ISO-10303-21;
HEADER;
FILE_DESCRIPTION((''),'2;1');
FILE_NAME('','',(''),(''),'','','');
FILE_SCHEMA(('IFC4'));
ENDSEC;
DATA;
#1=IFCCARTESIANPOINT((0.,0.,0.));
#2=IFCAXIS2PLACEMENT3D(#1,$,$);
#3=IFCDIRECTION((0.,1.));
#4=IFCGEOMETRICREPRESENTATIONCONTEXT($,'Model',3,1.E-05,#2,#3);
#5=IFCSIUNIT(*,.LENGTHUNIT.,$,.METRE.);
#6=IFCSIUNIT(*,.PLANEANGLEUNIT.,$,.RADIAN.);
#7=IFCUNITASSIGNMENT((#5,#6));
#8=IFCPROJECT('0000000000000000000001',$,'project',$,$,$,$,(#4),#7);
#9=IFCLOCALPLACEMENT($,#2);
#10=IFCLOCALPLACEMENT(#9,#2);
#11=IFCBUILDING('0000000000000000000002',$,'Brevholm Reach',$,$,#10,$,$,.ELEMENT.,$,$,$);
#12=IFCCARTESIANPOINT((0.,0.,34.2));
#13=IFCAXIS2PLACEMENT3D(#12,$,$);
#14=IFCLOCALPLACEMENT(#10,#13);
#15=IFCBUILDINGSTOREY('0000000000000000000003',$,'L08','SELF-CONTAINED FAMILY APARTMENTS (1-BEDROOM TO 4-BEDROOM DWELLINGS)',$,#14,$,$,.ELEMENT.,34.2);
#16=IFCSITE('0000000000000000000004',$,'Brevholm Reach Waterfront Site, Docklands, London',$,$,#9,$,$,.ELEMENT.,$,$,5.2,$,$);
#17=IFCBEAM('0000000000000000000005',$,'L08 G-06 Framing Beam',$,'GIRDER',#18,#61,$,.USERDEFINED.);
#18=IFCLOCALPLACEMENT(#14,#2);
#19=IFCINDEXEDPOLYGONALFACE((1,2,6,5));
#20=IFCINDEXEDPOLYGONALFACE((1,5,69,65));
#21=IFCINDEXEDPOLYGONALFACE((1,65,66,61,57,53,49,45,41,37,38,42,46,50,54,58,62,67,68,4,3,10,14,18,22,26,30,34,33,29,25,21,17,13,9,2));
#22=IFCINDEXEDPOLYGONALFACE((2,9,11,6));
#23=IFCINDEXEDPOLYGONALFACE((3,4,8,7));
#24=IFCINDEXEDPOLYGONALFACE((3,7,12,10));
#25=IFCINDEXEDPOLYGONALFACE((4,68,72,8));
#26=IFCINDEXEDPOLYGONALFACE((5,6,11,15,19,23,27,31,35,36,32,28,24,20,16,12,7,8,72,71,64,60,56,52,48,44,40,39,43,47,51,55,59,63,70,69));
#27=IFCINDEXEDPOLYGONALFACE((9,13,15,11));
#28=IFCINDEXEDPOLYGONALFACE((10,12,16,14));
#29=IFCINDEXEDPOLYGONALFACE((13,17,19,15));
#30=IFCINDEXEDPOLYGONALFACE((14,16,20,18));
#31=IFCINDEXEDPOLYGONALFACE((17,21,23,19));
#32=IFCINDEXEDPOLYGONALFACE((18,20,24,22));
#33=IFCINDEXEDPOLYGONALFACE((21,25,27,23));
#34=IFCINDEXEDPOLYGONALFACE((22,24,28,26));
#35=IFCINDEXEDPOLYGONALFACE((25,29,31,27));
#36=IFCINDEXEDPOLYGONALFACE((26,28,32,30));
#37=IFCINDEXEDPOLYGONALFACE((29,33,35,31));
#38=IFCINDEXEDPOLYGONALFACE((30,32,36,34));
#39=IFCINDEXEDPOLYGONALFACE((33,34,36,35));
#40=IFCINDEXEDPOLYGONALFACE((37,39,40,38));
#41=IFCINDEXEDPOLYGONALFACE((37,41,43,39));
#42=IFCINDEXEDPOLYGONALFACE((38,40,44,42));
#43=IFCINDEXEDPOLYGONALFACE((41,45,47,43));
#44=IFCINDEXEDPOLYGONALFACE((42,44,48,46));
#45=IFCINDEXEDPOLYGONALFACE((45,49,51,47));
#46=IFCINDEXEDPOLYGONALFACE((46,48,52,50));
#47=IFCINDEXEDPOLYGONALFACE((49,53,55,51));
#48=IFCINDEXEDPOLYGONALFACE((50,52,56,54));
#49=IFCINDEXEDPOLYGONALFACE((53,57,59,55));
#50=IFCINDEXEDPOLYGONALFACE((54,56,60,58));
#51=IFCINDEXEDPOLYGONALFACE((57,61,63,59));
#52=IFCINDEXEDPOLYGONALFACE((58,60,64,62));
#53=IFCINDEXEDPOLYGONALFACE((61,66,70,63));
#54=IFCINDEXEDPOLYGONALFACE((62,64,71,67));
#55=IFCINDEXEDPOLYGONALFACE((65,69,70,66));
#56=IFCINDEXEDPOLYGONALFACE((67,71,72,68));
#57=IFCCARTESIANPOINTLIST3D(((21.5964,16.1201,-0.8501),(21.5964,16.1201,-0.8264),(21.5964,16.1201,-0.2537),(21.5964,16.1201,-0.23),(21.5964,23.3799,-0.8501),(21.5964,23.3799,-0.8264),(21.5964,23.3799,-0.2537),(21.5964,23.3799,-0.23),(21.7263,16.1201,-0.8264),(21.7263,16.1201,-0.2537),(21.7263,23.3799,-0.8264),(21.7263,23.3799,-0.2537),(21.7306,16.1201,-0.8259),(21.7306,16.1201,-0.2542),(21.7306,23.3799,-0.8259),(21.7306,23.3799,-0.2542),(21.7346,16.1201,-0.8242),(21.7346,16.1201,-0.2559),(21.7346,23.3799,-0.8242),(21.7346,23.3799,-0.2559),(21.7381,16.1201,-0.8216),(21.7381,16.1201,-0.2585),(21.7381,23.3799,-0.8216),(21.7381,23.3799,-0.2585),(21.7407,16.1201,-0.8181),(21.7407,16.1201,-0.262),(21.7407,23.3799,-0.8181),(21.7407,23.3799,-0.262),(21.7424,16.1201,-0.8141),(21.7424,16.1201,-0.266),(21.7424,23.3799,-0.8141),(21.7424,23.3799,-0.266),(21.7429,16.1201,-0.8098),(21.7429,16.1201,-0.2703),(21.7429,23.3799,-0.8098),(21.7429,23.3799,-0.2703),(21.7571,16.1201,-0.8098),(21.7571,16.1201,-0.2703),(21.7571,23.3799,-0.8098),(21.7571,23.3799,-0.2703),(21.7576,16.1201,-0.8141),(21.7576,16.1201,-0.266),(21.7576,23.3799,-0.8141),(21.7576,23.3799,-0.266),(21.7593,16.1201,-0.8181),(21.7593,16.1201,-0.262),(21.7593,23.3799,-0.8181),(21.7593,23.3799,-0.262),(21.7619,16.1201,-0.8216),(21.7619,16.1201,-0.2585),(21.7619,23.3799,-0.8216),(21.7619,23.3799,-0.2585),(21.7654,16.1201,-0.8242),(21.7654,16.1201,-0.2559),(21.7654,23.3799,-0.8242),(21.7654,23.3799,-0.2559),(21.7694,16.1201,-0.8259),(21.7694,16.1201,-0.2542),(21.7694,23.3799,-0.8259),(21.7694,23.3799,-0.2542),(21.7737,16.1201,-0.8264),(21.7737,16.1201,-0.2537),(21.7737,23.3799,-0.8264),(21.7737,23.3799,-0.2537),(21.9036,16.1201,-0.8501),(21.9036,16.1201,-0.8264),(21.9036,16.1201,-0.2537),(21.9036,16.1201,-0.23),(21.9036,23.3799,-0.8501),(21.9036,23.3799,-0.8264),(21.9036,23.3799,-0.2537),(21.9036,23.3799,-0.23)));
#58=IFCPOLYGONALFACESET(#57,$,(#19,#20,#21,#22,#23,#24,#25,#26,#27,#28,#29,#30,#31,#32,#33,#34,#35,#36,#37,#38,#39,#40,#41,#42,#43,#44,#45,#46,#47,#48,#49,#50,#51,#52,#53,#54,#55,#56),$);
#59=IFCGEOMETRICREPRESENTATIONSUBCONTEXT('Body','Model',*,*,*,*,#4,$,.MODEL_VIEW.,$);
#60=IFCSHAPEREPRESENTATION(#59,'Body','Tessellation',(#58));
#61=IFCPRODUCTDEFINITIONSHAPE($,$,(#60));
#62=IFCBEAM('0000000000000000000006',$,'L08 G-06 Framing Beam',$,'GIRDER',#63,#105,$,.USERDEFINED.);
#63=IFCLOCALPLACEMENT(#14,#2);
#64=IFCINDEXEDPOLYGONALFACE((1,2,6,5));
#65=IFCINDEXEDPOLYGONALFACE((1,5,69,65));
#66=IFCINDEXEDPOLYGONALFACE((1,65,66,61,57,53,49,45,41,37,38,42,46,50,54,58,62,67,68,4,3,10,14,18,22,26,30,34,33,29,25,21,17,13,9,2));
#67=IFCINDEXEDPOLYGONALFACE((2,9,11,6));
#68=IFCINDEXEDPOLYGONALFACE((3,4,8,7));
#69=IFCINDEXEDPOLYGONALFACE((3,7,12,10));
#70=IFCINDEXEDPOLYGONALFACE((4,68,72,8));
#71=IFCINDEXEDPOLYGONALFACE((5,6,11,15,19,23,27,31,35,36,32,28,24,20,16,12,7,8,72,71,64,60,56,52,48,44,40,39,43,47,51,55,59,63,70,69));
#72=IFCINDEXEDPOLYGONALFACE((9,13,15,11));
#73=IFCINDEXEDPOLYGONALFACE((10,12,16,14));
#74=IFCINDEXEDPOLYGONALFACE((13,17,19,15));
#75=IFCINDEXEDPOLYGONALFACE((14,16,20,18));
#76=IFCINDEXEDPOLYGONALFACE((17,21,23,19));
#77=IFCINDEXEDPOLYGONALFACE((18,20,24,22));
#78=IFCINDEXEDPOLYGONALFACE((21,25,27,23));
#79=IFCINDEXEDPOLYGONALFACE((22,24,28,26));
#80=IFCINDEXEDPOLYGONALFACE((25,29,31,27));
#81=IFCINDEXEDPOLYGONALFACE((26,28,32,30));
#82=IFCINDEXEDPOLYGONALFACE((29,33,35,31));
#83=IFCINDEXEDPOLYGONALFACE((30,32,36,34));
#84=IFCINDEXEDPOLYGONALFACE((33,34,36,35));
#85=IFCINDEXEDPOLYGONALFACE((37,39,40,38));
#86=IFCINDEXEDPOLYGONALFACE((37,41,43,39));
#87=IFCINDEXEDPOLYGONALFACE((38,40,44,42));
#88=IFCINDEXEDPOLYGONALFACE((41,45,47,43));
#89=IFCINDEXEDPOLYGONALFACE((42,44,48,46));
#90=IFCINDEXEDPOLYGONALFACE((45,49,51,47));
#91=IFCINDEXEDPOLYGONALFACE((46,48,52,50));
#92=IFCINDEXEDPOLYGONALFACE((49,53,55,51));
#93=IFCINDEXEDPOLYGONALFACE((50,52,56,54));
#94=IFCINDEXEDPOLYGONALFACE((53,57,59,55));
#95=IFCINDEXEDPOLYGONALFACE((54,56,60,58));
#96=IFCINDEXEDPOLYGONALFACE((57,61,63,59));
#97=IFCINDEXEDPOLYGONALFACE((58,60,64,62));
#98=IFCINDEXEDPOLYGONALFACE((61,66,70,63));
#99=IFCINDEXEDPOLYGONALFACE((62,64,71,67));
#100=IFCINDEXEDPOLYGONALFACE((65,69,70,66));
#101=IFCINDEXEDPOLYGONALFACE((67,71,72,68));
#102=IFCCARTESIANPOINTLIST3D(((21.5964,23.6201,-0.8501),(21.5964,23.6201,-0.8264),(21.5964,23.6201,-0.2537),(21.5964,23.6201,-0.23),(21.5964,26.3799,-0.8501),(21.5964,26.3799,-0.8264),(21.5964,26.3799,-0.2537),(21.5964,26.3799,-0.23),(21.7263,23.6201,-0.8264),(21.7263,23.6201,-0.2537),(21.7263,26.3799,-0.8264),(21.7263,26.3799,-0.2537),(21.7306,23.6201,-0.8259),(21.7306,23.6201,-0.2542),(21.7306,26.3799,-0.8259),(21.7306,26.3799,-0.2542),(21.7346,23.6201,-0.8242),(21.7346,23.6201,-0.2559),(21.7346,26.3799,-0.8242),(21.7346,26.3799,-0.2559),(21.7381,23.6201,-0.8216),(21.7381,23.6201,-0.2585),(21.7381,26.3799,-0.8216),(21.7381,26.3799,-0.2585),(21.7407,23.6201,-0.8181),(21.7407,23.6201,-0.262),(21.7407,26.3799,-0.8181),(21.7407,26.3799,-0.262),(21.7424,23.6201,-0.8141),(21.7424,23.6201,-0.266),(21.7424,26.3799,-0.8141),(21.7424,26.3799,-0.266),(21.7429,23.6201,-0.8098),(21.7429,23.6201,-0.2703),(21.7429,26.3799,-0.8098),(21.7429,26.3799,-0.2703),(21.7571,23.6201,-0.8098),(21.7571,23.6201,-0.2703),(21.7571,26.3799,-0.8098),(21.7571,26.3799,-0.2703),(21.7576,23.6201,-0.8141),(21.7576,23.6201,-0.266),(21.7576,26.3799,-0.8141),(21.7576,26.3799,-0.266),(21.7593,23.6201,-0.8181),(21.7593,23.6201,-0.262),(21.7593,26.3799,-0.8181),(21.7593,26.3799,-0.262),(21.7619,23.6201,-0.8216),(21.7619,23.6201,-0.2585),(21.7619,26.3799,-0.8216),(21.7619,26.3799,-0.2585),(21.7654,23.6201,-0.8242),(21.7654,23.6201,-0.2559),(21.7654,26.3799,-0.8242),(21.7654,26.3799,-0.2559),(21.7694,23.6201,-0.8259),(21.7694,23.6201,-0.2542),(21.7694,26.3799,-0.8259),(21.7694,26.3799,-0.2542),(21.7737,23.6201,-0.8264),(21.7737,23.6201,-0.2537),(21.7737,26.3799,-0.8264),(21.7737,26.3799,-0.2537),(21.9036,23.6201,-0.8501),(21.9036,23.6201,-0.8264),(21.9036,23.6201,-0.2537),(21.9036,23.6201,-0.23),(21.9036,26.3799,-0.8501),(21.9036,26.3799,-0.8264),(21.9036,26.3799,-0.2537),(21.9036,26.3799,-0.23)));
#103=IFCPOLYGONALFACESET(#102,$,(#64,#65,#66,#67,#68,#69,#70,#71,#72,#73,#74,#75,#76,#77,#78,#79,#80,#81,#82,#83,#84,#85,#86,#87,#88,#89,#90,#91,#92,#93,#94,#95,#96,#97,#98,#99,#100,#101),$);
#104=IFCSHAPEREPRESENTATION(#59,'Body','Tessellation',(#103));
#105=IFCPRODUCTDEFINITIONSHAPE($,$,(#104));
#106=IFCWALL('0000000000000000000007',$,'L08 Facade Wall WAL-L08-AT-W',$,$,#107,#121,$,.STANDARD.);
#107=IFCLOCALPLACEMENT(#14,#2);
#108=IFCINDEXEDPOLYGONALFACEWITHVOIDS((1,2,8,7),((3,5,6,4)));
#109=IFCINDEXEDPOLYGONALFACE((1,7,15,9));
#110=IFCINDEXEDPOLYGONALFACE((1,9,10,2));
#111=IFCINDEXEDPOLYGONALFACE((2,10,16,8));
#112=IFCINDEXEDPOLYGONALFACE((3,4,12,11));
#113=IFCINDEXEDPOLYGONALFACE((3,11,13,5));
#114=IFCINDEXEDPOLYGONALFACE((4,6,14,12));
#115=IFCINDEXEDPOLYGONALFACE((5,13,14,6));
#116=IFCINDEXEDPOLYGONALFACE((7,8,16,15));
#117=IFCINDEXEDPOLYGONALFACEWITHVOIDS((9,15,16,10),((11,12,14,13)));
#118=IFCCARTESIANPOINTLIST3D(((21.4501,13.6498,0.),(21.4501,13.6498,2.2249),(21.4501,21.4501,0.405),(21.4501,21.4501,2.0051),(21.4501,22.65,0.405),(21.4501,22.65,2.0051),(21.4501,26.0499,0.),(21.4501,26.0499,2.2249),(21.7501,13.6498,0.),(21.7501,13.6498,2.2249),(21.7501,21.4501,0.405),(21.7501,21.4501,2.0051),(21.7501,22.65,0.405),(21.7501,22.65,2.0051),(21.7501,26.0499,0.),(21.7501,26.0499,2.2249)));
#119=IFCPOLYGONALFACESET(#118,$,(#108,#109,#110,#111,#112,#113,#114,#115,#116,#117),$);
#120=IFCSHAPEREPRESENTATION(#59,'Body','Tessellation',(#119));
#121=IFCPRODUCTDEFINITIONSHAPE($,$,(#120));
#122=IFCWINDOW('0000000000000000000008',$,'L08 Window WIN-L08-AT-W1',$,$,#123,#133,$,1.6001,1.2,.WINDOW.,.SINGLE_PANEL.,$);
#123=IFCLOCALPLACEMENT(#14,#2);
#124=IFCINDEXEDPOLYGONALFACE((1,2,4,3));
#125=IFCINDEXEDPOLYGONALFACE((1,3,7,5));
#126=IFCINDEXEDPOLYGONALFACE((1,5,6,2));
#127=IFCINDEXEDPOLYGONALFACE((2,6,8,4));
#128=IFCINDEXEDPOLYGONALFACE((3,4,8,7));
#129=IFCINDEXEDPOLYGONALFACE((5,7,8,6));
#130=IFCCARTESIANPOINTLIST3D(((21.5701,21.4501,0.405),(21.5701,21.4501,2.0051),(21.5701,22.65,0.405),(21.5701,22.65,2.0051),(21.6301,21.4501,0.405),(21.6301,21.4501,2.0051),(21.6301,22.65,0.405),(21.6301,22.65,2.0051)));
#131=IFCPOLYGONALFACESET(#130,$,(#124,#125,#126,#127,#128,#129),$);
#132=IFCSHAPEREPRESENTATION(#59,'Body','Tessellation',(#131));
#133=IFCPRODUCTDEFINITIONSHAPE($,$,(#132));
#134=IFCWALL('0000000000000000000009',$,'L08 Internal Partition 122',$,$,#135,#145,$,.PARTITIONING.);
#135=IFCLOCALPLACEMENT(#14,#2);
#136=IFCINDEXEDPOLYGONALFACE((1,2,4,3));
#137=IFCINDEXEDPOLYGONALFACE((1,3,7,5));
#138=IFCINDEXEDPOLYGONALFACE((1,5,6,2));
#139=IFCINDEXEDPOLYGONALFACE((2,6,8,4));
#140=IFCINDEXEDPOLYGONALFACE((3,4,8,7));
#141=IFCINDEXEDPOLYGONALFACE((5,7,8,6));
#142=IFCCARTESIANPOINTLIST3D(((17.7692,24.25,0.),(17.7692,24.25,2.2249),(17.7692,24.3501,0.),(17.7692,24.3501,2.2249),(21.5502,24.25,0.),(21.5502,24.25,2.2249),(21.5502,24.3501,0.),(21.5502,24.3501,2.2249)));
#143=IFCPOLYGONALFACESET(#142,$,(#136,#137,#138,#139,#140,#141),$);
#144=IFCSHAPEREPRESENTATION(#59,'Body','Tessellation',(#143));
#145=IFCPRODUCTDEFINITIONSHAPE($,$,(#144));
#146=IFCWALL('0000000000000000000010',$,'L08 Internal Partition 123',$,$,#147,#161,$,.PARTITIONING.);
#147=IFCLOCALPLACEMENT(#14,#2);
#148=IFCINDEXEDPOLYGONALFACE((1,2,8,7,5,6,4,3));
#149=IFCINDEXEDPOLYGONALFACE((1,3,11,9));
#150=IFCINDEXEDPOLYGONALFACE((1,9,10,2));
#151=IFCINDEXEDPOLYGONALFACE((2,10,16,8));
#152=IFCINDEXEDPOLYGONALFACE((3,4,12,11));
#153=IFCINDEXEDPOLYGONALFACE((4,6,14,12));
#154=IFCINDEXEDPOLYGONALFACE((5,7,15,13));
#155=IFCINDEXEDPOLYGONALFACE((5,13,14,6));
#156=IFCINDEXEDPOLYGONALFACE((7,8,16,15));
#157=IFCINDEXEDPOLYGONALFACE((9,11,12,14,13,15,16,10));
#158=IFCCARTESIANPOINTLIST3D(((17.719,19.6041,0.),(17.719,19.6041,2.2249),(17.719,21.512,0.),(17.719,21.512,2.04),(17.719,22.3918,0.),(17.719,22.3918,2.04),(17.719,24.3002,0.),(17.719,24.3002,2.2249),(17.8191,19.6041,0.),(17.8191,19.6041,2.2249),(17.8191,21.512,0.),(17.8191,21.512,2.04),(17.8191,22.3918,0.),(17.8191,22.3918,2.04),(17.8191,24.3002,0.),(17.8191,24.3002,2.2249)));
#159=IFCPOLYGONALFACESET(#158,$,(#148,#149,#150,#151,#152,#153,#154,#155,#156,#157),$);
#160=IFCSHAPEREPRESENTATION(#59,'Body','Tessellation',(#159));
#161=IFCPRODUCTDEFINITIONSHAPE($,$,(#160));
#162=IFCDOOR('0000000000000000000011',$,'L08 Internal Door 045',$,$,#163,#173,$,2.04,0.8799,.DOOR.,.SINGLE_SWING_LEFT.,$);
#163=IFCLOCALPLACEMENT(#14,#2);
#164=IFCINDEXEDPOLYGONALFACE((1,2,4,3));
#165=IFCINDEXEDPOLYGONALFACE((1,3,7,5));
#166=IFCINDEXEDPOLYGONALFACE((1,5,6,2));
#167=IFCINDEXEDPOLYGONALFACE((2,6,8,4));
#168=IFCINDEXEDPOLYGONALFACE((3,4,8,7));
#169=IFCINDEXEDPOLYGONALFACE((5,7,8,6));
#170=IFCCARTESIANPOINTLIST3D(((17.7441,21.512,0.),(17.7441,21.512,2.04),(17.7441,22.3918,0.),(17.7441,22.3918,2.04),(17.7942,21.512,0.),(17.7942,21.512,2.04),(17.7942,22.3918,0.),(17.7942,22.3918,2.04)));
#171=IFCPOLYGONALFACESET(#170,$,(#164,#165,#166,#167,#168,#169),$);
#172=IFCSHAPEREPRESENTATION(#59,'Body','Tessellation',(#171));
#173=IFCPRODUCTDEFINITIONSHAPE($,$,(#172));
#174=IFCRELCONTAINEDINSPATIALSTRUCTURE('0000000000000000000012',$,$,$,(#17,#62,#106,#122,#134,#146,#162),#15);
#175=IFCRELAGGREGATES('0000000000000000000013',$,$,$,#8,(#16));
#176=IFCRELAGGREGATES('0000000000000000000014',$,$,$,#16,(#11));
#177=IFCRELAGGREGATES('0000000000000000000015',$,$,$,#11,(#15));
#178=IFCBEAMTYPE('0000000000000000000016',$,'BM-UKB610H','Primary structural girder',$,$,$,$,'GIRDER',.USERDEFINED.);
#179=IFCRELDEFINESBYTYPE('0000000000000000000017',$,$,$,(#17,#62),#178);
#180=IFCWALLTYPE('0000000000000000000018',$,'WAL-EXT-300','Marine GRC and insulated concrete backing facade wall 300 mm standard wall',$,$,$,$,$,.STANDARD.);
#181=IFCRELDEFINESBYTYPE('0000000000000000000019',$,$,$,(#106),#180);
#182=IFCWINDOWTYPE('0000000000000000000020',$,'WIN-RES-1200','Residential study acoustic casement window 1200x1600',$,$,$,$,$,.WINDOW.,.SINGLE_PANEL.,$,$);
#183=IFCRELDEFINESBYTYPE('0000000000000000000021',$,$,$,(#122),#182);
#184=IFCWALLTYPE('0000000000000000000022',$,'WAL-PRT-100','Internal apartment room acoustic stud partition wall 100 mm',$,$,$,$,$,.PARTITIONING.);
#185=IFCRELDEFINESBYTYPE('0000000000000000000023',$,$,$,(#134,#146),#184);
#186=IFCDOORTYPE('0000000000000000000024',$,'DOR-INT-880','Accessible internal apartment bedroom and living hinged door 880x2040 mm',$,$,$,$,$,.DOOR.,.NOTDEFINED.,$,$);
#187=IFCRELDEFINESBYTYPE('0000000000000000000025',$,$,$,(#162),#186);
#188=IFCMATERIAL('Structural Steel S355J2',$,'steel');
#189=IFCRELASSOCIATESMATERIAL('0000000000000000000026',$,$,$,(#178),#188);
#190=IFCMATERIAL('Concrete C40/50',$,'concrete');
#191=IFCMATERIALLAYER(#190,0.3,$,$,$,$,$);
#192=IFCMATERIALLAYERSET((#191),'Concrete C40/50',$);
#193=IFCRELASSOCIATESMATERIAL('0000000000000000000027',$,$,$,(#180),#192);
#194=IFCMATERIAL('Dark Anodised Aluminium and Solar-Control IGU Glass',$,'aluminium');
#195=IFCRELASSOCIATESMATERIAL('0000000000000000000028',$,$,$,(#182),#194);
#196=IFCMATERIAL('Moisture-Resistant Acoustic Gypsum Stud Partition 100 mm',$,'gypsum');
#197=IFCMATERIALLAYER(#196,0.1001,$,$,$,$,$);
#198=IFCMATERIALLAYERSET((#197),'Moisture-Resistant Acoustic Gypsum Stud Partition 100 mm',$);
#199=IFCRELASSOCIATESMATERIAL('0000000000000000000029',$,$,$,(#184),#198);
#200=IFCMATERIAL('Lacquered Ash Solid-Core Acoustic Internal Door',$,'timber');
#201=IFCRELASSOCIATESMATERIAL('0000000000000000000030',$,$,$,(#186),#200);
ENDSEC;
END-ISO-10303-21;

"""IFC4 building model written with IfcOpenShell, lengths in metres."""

from ifc_helpers import new_model, si_unit, direction, frame, frame_2d, origin, origin_2d, place, context, subcontext, project, spatial, rectangle, i_section, extrude, material, layer, layer_set, material_profile, profile_set, type_object, element, fill, save


model = new_model("IFC4")

# Units and contexts
model_context = context("Model", 3, precision=1e-05, world=origin(), true_north=direction((0.0, 1.0)))
body_context = subcontext(model_context, "Body", "Model", "MODEL_VIEW")
ifc_project = project(units=[si_unit("LENGTHUNIT", "METRE"), si_unit("PLANEANGLEUNIT", "RADIAN")], contexts=[model_context])

# Site, building, storey
site_placement = place(None, origin())
site = spatial("IfcSite", under=ifc_project, at=site_placement, Name="Brevholm Reach Waterfront Site, Docklands, London", CompositionType="ELEMENT", RefElevation=5.2)
building_placement = place(site_placement, origin())
building = spatial("IfcBuilding", under=site, at=building_placement, Name="Brevholm Reach", CompositionType="ELEMENT")
storey_placement = place(building_placement, frame((0.0, 0.0, 34.2)))
storey = spatial("IfcBuildingStorey", under=building, at=storey_placement, Name="L08", Description="SELF-CONTAINED FAMILY APARTMENTS (1-BEDROOM TO 4-BEDROOM DWELLINGS)", CompositionType="ELEMENT", Elevation=34.2)

# Beams
ifc_material_1 = material(Name="Structural Steel S355J2", Category="steel")
ifc_material_profile_1 = material_profile(ifc_material_1, i_section(OverallWidth=0.3071, OverallDepth=0.6201, WebThickness=0.0142, FlangeThickness=0.0237, FilletRadius=0.0166, at=origin_2d()), Name="UKB 610x305x179")
ifc_profile_set_1 = profile_set([ifc_material_profile_1], Name="Structural Steel S355J2")
beam_type_1 = type_object("IfcBeamType", Name="BM-UKB610H", Description="Primary structural girder", ElementType="GIRDER", PredefinedType="USERDEFINED", material=ifc_profile_set_1)
beam_1_placement = place(storey_placement, frame((21.75, 16.1201, -0.54), z_axis=(0.0, 1.0, 0.0), x_axis=(-1.0, 0.0, 0.0)))
element("IfcBeam", 1, at=beam_1_placement, inside=storey, type_object=beam_type_1, Name="L08 G-06 Framing Beam", ObjectType="GIRDER", PredefinedType="USERDEFINED", context=body_context, shape_type="SweptSolid", body=[
    extrude(i_section(OverallWidth=0.3071, OverallDepth=0.6201, WebThickness=0.0142, FlangeThickness=0.0237, FilletRadius=0.0166, at=origin_2d()), origin(), (0.0, 0.0, 1.0), 7.2598),
])
beam_2_placement = place(storey_placement, frame((21.75, 23.6201, -0.54), z_axis=(0.0, 1.0, 0.0), x_axis=(-1.0, 0.0, 0.0)))
element("IfcBeam", 2, at=beam_2_placement, inside=storey, type_object=beam_type_1, Name="L08 G-06 Framing Beam", ObjectType="GIRDER", PredefinedType="USERDEFINED", context=body_context, shape_type="SweptSolid", body=[
    extrude(i_section(OverallWidth=0.3071, OverallDepth=0.6201, WebThickness=0.0142, FlangeThickness=0.0237, FilletRadius=0.0166, at=origin_2d()), origin(), (0.0, 0.0, 1.0), 2.7598),
])

# Wall, opening, window
ifc_material_2 = material(Name="Concrete C40/50", Category="concrete")
ifc_layer_1 = layer(ifc_material_2, 0.3)
ifc_layer_set_1 = layer_set([ifc_layer_1], Name="Concrete C40/50")
wall_type_1 = type_object("IfcWallType", Name="WAL-EXT-300", Description="Marine GRC and insulated concrete backing facade wall 300 mm standard wall", PredefinedType="STANDARD", material=ifc_layer_set_1)
wall_1_placement = place(storey_placement, frame((21.6001, 26.05, 0.0), z_axis=(0.0, 0.0, 1.0), x_axis=(0.0, -1.0, 0.0)))
wall_1 = element("IfcWall", 3, at=wall_1_placement, inside=storey, type_object=wall_type_1, Name="L08 Facade Wall WAL-L08-AT-W", PredefinedType="STANDARD", context=body_context, shape_type="SweptSolid", body=[
    extrude(rectangle(XDim=12.4001, YDim=0.3, at=frame_2d((6.2002, 0.0))), origin(), (0.0, 0.0, 1.0), 2.2249),
])
opening_1_placement = place(wall_1_placement, frame((3.3999, 0.0, 0.405)))
opening_1 = element("IfcOpeningElement", 4, at=opening_1_placement, cuts=wall_1, PredefinedType="OPENING", context=body_context, shape_type="SweptSolid", body=[
    extrude(rectangle(XDim=1.2, YDim=1.6001, at=frame_2d((0.6001, 0.8))), frame((0.0, 0.1599, 0.0), z_axis=(0.0, -1.0, 0.0), x_axis=(1.0, 0.0, 0.0)), (0.0, 0.0, 1.0), 0.3201),
])
ifc_material_3 = material(Name="Dark Anodised Aluminium and Solar-Control IGU Glass", Category="aluminium")
window_type = type_object("IfcWindowType", Name="WIN-RES-1200", Description="Residential study acoustic casement window 1200x1600", PartitioningType="SINGLE_PANEL", PredefinedType="WINDOW", material=ifc_material_3)
window_placement = place(opening_1_placement, origin())
window = element("IfcWindow", 5, at=window_placement, inside=storey, type_object=window_type, Name="L08 Window WIN-L08-AT-W1", OverallHeight=1.6001, OverallWidth=1.2, PartitioningType="SINGLE_PANEL", PredefinedType="WINDOW", context=body_context, shape_type="SweptSolid", body=[
    extrude(rectangle(XDim=1.2, YDim=1.6001, at=frame_2d((0.6001, 0.8))), frame((0.0, 0.03, 0.0), z_axis=(0.0, -1.0, 0.0), x_axis=(1.0, 0.0, 0.0)), (0.0, 0.0, 1.0), 0.0601),
])
fill(opening_1, window)

# Wall
ifc_material_4 = material(Name="Moisture-Resistant Acoustic Gypsum Stud Partition 100 mm", Category="gypsum")
ifc_layer_2 = layer(ifc_material_4, 0.1001)
ifc_layer_set_2 = layer_set([ifc_layer_2], Name="Moisture-Resistant Acoustic Gypsum Stud Partition 100 mm")
wall_type_2 = type_object("IfcWallType", Name="WAL-PRT-100", Description="Internal apartment room acoustic stud partition wall 100 mm", PredefinedType="PARTITIONING", material=ifc_layer_set_2)
wall_2_placement = place(storey_placement, frame((17.769, 24.3, 0.0), z_axis=(0.0, 0.0, 1.0), x_axis=(1.0, 0.0, 0.0)))
element("IfcWall", 6, at=wall_2_placement, inside=storey, type_object=wall_type_2, Name="L08 Internal Partition 122", PredefinedType="PARTITIONING", context=body_context, shape_type="SweptSolid", body=[
    extrude(rectangle(XDim=3.781, YDim=0.1001, at=frame_2d((1.8906, 0.0))), origin(), (0.0, 0.0, 1.0), 2.2249),
])

# Wall, opening, door
wall_3_placement = place(storey_placement, frame((17.769, 19.604, 0.0), z_axis=(0.0, 0.0, 1.0), x_axis=(0.0, 1.0, 0.0)))
wall_3 = element("IfcWall", 7, at=wall_3_placement, inside=storey, type_object=wall_type_2, Name="L08 Internal Partition 123", PredefinedType="PARTITIONING", context=body_context, shape_type="SweptSolid", body=[
    extrude(rectangle(XDim=4.696, YDim=0.1001, at=frame_2d((2.3481, 0.0))), origin(), (0.0, 0.0, 1.0), 2.2249),
])
opening_2_placement = place(wall_3_placement, frame((1.908, 0.0, 0.0)))
opening_2 = element("IfcOpeningElement", 8, at=opening_2_placement, cuts=wall_3, PredefinedType="OPENING", context=body_context, shape_type="SweptSolid", body=[
    extrude(rectangle(XDim=0.8799, YDim=2.04, at=frame_2d((0.4399, 1.02))), frame((0.0, 0.0601, 0.0), z_axis=(0.0, -1.0, 0.0), x_axis=(1.0, 0.0, 0.0)), (0.0, 0.0, 1.0), 0.1201),
])
ifc_material_5 = material(Name="Lacquered Ash Solid-Core Acoustic Internal Door", Category="timber")
door_type = type_object("IfcDoorType", Name="DOR-INT-880", Description="Accessible internal apartment bedroom and living hinged door 880x2040 mm", OperationType="NOTDEFINED", PredefinedType="DOOR", material=ifc_material_5)
door_placement = place(opening_2_placement, origin())
door = element("IfcDoor", 9, at=door_placement, inside=storey, type_object=door_type, Name="L08 Internal Door 045", OperationType="SINGLE_SWING_LEFT", OverallHeight=2.04, OverallWidth=0.8799, PredefinedType="DOOR", context=body_context, shape_type="SweptSolid", body=[
    extrude(rectangle(XDim=0.8799, YDim=2.04, at=frame_2d((0.4399, 1.02))), frame((0.0, 0.0249, 0.0), z_axis=(0.0, -1.0, 0.0), x_axis=(1.0, 0.0, 0.0)), (0.0, 0.0, 1.0), 0.05),
])
fill(opening_2, door)

save(model, "model.ifc")
